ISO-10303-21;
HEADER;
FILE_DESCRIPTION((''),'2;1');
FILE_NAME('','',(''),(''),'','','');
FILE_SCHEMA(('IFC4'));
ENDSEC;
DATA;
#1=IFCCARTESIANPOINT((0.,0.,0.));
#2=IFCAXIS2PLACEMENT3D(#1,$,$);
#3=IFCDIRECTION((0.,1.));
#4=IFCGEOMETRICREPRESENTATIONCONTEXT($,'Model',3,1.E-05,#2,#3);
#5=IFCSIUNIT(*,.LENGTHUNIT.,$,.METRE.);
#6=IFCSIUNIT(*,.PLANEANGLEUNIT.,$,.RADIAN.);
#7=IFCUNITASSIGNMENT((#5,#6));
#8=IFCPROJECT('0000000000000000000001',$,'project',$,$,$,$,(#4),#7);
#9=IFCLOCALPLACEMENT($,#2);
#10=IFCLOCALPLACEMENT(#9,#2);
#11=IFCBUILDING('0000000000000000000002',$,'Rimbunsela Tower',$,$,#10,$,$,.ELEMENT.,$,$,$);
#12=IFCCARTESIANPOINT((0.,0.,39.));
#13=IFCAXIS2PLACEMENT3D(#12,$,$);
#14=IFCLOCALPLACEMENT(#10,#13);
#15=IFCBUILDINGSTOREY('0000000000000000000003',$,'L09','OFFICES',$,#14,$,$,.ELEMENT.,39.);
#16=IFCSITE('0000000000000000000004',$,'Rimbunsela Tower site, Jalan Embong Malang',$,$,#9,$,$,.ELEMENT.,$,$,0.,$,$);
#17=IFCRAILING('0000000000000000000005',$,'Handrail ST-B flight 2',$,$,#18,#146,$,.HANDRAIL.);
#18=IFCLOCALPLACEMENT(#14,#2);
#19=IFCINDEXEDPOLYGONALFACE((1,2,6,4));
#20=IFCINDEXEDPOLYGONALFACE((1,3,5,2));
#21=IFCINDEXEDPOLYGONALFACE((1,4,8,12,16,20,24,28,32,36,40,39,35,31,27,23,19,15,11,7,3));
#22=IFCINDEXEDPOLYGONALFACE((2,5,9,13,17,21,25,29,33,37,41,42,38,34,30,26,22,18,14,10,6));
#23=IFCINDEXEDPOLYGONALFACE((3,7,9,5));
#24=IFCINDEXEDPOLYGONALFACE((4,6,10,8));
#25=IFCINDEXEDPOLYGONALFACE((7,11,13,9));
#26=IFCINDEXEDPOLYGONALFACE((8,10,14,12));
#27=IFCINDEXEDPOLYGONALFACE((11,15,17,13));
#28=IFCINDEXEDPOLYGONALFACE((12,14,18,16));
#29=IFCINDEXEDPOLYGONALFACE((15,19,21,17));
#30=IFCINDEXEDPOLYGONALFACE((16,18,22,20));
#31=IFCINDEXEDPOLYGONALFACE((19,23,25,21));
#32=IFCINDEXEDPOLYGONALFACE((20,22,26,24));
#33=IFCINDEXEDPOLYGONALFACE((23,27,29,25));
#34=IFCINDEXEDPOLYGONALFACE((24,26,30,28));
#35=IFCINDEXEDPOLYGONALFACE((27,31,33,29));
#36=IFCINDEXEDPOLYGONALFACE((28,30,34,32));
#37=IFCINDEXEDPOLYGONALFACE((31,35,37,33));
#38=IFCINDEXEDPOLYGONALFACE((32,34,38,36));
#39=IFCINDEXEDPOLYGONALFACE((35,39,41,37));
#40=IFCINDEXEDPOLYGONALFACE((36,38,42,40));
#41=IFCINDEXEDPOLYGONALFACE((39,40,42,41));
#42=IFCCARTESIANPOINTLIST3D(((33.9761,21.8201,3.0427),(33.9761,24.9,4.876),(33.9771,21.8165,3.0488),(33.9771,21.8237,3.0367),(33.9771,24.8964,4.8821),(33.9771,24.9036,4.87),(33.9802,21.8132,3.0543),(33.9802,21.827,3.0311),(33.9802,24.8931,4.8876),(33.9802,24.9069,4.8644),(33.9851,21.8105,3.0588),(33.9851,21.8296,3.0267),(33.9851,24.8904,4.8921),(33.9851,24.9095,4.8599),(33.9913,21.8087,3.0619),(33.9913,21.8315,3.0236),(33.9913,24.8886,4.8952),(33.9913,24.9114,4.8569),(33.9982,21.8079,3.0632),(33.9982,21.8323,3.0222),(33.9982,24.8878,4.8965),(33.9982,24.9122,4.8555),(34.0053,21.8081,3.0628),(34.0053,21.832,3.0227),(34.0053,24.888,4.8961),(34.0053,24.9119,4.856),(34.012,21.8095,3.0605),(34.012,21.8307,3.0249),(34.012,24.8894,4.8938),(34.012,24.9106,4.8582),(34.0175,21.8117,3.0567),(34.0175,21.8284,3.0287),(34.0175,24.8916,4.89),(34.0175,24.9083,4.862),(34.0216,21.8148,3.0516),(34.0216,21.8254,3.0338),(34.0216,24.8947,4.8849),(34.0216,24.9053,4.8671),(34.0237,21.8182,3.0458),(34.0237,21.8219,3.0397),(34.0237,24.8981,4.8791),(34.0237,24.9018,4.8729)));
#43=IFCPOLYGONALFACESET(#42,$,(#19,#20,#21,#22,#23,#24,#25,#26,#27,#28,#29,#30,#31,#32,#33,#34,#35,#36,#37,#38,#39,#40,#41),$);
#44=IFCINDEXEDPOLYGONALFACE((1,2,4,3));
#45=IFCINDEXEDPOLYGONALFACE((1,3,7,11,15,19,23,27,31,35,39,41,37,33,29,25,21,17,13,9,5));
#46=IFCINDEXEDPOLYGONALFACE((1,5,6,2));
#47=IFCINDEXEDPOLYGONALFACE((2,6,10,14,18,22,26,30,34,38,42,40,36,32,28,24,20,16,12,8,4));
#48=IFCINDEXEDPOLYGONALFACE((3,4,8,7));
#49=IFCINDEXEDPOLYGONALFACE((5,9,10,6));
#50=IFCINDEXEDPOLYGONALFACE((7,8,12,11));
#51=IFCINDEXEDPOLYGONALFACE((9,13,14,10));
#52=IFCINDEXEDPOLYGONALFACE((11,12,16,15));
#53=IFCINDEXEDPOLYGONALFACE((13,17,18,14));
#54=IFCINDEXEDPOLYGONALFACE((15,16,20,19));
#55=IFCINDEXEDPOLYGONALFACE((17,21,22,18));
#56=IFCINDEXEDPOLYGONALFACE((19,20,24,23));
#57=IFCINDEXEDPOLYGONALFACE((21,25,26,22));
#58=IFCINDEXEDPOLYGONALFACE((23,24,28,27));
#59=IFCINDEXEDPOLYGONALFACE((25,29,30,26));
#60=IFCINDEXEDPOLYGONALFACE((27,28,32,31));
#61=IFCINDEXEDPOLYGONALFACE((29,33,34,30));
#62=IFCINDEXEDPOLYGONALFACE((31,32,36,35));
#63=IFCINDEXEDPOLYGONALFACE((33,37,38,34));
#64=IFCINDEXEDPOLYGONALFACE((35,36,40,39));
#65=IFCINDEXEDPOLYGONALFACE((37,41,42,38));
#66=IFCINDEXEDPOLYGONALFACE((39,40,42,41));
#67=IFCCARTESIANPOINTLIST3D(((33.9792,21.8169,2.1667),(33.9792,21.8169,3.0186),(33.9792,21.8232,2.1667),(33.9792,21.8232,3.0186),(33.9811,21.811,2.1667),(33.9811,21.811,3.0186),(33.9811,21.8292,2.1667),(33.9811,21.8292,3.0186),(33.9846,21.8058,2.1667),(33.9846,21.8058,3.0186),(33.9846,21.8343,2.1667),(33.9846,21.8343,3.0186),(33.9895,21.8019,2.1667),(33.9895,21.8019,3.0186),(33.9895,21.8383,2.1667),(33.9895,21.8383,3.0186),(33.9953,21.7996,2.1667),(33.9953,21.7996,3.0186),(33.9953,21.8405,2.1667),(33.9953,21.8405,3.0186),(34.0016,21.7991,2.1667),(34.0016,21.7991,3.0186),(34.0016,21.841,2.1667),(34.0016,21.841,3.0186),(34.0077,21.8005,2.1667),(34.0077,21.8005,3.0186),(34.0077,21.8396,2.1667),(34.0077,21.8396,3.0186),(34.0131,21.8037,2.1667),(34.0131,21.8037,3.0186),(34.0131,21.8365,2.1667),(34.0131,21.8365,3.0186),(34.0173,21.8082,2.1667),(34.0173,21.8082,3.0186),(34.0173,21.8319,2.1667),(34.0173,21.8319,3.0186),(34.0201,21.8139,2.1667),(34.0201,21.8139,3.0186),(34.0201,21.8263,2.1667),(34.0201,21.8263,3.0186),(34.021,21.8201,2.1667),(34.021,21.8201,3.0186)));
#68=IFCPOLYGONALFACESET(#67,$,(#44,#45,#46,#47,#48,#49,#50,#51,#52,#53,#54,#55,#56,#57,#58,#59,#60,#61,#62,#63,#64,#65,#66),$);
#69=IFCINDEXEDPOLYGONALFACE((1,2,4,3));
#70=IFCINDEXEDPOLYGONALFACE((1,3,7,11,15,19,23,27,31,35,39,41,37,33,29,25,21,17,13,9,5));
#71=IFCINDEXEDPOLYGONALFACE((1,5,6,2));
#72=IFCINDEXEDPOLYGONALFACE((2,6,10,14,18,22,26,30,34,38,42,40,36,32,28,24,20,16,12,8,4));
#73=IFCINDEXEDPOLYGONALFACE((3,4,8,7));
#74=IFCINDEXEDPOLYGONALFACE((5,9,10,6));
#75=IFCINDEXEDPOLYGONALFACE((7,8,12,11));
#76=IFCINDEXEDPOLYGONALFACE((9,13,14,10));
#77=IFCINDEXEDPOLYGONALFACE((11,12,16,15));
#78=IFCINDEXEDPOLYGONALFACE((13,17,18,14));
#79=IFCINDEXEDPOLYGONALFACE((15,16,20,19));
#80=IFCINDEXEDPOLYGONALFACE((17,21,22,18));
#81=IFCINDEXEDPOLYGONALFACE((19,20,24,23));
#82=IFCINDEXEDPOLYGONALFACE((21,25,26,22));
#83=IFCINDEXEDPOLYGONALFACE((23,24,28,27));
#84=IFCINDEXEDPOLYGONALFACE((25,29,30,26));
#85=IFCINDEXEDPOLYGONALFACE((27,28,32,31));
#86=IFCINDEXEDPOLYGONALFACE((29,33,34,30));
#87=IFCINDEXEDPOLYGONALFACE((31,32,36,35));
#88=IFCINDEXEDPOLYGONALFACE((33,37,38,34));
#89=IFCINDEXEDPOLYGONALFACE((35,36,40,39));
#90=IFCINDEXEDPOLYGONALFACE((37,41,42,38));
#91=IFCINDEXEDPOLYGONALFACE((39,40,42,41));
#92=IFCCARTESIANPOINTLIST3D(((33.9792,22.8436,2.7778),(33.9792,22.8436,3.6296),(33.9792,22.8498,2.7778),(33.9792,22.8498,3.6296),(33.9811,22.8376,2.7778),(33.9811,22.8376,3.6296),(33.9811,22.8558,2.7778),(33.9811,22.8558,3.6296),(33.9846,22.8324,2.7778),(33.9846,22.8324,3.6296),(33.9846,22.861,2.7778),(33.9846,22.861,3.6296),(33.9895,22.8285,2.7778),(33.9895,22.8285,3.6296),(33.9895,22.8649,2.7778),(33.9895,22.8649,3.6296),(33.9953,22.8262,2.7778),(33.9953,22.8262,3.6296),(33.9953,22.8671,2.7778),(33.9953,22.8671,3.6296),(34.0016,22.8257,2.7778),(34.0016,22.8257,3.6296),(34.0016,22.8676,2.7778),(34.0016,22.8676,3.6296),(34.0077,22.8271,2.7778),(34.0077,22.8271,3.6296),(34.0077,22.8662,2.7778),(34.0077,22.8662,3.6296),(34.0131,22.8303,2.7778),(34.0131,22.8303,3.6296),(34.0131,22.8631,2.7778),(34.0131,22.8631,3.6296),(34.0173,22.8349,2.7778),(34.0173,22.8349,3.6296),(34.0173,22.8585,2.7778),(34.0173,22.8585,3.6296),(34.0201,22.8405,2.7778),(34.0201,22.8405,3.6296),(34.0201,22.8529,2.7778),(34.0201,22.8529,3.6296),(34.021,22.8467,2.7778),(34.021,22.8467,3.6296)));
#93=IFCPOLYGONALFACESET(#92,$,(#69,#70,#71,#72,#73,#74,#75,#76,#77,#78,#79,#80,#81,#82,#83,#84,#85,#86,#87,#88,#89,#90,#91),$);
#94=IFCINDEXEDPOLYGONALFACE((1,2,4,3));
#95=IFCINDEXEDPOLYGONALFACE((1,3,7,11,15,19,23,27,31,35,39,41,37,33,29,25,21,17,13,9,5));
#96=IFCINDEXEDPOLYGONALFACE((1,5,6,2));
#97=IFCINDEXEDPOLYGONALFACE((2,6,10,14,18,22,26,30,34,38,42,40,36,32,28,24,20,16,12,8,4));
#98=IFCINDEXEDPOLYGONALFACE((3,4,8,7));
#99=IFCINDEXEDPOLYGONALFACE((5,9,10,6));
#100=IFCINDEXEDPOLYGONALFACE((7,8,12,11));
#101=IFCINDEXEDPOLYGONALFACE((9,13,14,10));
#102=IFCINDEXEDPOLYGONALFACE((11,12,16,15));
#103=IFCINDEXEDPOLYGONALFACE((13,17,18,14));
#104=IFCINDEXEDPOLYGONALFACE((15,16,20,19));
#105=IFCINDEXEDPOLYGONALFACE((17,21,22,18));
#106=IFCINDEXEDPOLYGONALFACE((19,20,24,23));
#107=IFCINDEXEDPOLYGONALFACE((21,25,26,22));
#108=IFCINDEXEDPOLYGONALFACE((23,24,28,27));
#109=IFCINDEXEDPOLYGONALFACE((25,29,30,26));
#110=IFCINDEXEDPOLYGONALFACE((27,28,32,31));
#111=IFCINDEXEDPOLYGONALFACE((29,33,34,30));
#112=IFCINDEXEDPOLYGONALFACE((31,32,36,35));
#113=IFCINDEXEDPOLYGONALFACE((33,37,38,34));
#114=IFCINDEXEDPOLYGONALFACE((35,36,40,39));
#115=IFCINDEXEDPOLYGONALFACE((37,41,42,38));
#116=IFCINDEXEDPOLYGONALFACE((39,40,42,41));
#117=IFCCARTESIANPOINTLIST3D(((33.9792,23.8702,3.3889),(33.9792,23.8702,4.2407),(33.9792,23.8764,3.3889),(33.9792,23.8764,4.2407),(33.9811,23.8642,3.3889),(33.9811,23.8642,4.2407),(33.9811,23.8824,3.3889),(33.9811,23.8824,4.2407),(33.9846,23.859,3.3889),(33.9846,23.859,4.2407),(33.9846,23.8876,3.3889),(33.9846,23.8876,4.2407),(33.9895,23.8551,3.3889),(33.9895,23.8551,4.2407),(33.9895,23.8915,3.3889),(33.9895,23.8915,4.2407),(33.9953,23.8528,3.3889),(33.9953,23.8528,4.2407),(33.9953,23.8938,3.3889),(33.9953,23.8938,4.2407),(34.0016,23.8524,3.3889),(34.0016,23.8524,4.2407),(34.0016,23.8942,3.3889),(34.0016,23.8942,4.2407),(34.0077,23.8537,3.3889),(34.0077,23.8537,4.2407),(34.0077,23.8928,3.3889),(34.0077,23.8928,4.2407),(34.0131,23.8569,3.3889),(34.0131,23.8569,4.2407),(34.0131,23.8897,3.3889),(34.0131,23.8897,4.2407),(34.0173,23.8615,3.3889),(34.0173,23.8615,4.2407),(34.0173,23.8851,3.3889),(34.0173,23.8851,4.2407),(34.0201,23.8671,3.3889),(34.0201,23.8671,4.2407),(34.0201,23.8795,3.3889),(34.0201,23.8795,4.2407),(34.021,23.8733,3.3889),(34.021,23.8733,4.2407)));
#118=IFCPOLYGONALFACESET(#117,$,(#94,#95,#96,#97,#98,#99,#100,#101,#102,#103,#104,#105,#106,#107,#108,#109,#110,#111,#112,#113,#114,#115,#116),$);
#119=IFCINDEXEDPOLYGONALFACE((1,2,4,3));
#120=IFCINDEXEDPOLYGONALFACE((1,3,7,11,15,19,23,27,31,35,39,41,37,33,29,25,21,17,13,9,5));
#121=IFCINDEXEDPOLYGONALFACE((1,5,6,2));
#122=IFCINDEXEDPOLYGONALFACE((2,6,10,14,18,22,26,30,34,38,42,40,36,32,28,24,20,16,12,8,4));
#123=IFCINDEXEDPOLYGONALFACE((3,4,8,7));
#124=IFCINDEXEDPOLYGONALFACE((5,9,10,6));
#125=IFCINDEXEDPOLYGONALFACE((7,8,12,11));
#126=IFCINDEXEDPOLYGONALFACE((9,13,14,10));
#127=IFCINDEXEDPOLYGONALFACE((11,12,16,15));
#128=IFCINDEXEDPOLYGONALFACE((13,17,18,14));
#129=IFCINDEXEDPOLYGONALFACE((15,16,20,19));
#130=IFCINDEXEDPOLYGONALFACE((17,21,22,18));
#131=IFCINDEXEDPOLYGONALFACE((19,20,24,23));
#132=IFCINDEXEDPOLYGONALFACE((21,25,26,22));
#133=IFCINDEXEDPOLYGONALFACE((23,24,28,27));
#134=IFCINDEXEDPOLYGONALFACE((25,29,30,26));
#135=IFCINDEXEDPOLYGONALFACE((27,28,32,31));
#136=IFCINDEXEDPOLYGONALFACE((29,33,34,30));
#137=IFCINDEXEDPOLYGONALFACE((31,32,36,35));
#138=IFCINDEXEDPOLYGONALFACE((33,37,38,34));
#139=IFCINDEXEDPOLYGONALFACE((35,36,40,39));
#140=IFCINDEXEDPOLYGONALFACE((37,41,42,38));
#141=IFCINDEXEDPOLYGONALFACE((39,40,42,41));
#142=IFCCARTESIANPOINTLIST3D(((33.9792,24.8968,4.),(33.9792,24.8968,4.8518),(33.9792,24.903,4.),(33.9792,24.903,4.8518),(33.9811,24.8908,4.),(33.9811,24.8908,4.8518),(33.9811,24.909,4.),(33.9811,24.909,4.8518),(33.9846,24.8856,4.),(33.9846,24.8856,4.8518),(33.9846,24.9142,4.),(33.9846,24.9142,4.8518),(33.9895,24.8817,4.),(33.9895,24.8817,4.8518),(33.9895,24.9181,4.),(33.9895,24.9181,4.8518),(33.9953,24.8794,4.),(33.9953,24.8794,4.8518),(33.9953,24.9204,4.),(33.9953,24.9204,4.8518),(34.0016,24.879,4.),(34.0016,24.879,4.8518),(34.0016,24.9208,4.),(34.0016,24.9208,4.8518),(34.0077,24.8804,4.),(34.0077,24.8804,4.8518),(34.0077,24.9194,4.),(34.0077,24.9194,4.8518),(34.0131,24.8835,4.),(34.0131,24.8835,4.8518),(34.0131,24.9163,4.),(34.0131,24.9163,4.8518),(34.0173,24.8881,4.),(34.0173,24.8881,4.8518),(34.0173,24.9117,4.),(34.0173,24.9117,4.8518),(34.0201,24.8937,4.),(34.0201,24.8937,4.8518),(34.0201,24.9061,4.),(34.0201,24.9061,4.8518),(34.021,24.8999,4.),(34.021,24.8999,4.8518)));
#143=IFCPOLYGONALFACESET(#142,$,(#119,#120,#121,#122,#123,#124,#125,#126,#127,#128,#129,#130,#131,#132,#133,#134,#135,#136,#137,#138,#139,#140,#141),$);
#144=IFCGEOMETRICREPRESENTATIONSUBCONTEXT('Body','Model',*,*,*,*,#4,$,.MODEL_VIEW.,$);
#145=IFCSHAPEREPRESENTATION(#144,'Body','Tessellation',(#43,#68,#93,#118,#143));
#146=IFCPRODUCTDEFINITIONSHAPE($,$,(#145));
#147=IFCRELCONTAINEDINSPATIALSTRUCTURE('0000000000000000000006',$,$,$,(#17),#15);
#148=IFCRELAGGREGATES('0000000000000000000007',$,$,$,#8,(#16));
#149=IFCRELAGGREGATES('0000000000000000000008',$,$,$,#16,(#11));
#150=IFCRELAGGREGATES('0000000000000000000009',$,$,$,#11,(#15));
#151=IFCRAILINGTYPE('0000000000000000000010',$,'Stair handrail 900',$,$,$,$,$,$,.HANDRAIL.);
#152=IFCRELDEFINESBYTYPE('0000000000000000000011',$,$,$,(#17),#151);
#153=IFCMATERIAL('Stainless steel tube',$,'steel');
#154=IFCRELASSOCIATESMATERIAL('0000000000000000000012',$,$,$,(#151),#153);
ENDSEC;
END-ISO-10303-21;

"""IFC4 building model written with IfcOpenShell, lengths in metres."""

from ifc_helpers import new_model, si_unit, direction, frame, origin, origin_2d, place, context, subcontext, project, spatial, circle, extrude, material, type_object, element, save


model = new_model("IFC4")

# Units and contexts
model_context = context("Model", 3, precision=1e-05, world=origin(), true_north=direction((0.0, 1.0)))
body_context = subcontext(model_context, "Body", "Model", "MODEL_VIEW")
ifc_project = project(units=[si_unit("LENGTHUNIT", "METRE"), si_unit("PLANEANGLEUNIT", "RADIAN")], contexts=[model_context])

# Site, building, storey
site_placement = place(None, origin())
site = spatial("IfcSite", under=ifc_project, at=site_placement, Name="Rimbunsela Tower site, Jalan Embong Malang", CompositionType="ELEMENT", RefElevation=0.0)
building_placement = place(site_placement, origin())
building = spatial("IfcBuilding", under=site, at=building_placement, Name="Rimbunsela Tower", CompositionType="ELEMENT")
storey_placement = place(building_placement, frame((0.0, 0.0, 39.0)))
storey = spatial("IfcBuildingStorey", under=building, at=storey_placement, Name="L09", Description="OFFICES", CompositionType="ELEMENT", Elevation=39.0)

# Railing
ifc_material_1 = material(Name="Stainless steel tube", Category="steel")
railing_type = type_object("IfcRailingType", Name="Stair handrail 900", PredefinedType="HANDRAIL", material=ifc_material_1)
railing_1_placement = place(storey_placement, frame((34.0, 21.8201, 2.1667)))
element("IfcRailing", 1, at=railing_1_placement, inside=storey, type_object=railing_type, Name="Handrail ST-B flight 2", PredefinedType="HANDRAIL", context=body_context, shape_type="SweptSolid", body=[
    extrude(circle(Radius=0.0239, at=origin_2d()), frame((0.0, 0.0, 0.876), z_axis=(0.0, 0.859291, 0.511487), x_axis=(-1.0, 0.0, 0.0)), (0.0, 0.0, 1.0), 3.5842),
    extrude(circle(Radius=0.021, at=origin_2d()), origin(), (0.0, 0.0, 1.0), 0.8518),
    extrude(circle(Radius=0.021, at=origin_2d()), frame((0.0, 1.0266, 0.6111)), (0.0, 0.0, 1.0), 0.8518),
    extrude(circle(Radius=0.021, at=origin_2d()), frame((0.0, 2.0532, 1.2222)), (0.0, 0.0, 1.0), 0.8518),
    extrude(circle(Radius=0.021, at=origin_2d()), frame((0.0, 3.0798, 1.8333)), (0.0, 0.0, 1.0), 0.8518),
])

save(model, "model.ifc")
